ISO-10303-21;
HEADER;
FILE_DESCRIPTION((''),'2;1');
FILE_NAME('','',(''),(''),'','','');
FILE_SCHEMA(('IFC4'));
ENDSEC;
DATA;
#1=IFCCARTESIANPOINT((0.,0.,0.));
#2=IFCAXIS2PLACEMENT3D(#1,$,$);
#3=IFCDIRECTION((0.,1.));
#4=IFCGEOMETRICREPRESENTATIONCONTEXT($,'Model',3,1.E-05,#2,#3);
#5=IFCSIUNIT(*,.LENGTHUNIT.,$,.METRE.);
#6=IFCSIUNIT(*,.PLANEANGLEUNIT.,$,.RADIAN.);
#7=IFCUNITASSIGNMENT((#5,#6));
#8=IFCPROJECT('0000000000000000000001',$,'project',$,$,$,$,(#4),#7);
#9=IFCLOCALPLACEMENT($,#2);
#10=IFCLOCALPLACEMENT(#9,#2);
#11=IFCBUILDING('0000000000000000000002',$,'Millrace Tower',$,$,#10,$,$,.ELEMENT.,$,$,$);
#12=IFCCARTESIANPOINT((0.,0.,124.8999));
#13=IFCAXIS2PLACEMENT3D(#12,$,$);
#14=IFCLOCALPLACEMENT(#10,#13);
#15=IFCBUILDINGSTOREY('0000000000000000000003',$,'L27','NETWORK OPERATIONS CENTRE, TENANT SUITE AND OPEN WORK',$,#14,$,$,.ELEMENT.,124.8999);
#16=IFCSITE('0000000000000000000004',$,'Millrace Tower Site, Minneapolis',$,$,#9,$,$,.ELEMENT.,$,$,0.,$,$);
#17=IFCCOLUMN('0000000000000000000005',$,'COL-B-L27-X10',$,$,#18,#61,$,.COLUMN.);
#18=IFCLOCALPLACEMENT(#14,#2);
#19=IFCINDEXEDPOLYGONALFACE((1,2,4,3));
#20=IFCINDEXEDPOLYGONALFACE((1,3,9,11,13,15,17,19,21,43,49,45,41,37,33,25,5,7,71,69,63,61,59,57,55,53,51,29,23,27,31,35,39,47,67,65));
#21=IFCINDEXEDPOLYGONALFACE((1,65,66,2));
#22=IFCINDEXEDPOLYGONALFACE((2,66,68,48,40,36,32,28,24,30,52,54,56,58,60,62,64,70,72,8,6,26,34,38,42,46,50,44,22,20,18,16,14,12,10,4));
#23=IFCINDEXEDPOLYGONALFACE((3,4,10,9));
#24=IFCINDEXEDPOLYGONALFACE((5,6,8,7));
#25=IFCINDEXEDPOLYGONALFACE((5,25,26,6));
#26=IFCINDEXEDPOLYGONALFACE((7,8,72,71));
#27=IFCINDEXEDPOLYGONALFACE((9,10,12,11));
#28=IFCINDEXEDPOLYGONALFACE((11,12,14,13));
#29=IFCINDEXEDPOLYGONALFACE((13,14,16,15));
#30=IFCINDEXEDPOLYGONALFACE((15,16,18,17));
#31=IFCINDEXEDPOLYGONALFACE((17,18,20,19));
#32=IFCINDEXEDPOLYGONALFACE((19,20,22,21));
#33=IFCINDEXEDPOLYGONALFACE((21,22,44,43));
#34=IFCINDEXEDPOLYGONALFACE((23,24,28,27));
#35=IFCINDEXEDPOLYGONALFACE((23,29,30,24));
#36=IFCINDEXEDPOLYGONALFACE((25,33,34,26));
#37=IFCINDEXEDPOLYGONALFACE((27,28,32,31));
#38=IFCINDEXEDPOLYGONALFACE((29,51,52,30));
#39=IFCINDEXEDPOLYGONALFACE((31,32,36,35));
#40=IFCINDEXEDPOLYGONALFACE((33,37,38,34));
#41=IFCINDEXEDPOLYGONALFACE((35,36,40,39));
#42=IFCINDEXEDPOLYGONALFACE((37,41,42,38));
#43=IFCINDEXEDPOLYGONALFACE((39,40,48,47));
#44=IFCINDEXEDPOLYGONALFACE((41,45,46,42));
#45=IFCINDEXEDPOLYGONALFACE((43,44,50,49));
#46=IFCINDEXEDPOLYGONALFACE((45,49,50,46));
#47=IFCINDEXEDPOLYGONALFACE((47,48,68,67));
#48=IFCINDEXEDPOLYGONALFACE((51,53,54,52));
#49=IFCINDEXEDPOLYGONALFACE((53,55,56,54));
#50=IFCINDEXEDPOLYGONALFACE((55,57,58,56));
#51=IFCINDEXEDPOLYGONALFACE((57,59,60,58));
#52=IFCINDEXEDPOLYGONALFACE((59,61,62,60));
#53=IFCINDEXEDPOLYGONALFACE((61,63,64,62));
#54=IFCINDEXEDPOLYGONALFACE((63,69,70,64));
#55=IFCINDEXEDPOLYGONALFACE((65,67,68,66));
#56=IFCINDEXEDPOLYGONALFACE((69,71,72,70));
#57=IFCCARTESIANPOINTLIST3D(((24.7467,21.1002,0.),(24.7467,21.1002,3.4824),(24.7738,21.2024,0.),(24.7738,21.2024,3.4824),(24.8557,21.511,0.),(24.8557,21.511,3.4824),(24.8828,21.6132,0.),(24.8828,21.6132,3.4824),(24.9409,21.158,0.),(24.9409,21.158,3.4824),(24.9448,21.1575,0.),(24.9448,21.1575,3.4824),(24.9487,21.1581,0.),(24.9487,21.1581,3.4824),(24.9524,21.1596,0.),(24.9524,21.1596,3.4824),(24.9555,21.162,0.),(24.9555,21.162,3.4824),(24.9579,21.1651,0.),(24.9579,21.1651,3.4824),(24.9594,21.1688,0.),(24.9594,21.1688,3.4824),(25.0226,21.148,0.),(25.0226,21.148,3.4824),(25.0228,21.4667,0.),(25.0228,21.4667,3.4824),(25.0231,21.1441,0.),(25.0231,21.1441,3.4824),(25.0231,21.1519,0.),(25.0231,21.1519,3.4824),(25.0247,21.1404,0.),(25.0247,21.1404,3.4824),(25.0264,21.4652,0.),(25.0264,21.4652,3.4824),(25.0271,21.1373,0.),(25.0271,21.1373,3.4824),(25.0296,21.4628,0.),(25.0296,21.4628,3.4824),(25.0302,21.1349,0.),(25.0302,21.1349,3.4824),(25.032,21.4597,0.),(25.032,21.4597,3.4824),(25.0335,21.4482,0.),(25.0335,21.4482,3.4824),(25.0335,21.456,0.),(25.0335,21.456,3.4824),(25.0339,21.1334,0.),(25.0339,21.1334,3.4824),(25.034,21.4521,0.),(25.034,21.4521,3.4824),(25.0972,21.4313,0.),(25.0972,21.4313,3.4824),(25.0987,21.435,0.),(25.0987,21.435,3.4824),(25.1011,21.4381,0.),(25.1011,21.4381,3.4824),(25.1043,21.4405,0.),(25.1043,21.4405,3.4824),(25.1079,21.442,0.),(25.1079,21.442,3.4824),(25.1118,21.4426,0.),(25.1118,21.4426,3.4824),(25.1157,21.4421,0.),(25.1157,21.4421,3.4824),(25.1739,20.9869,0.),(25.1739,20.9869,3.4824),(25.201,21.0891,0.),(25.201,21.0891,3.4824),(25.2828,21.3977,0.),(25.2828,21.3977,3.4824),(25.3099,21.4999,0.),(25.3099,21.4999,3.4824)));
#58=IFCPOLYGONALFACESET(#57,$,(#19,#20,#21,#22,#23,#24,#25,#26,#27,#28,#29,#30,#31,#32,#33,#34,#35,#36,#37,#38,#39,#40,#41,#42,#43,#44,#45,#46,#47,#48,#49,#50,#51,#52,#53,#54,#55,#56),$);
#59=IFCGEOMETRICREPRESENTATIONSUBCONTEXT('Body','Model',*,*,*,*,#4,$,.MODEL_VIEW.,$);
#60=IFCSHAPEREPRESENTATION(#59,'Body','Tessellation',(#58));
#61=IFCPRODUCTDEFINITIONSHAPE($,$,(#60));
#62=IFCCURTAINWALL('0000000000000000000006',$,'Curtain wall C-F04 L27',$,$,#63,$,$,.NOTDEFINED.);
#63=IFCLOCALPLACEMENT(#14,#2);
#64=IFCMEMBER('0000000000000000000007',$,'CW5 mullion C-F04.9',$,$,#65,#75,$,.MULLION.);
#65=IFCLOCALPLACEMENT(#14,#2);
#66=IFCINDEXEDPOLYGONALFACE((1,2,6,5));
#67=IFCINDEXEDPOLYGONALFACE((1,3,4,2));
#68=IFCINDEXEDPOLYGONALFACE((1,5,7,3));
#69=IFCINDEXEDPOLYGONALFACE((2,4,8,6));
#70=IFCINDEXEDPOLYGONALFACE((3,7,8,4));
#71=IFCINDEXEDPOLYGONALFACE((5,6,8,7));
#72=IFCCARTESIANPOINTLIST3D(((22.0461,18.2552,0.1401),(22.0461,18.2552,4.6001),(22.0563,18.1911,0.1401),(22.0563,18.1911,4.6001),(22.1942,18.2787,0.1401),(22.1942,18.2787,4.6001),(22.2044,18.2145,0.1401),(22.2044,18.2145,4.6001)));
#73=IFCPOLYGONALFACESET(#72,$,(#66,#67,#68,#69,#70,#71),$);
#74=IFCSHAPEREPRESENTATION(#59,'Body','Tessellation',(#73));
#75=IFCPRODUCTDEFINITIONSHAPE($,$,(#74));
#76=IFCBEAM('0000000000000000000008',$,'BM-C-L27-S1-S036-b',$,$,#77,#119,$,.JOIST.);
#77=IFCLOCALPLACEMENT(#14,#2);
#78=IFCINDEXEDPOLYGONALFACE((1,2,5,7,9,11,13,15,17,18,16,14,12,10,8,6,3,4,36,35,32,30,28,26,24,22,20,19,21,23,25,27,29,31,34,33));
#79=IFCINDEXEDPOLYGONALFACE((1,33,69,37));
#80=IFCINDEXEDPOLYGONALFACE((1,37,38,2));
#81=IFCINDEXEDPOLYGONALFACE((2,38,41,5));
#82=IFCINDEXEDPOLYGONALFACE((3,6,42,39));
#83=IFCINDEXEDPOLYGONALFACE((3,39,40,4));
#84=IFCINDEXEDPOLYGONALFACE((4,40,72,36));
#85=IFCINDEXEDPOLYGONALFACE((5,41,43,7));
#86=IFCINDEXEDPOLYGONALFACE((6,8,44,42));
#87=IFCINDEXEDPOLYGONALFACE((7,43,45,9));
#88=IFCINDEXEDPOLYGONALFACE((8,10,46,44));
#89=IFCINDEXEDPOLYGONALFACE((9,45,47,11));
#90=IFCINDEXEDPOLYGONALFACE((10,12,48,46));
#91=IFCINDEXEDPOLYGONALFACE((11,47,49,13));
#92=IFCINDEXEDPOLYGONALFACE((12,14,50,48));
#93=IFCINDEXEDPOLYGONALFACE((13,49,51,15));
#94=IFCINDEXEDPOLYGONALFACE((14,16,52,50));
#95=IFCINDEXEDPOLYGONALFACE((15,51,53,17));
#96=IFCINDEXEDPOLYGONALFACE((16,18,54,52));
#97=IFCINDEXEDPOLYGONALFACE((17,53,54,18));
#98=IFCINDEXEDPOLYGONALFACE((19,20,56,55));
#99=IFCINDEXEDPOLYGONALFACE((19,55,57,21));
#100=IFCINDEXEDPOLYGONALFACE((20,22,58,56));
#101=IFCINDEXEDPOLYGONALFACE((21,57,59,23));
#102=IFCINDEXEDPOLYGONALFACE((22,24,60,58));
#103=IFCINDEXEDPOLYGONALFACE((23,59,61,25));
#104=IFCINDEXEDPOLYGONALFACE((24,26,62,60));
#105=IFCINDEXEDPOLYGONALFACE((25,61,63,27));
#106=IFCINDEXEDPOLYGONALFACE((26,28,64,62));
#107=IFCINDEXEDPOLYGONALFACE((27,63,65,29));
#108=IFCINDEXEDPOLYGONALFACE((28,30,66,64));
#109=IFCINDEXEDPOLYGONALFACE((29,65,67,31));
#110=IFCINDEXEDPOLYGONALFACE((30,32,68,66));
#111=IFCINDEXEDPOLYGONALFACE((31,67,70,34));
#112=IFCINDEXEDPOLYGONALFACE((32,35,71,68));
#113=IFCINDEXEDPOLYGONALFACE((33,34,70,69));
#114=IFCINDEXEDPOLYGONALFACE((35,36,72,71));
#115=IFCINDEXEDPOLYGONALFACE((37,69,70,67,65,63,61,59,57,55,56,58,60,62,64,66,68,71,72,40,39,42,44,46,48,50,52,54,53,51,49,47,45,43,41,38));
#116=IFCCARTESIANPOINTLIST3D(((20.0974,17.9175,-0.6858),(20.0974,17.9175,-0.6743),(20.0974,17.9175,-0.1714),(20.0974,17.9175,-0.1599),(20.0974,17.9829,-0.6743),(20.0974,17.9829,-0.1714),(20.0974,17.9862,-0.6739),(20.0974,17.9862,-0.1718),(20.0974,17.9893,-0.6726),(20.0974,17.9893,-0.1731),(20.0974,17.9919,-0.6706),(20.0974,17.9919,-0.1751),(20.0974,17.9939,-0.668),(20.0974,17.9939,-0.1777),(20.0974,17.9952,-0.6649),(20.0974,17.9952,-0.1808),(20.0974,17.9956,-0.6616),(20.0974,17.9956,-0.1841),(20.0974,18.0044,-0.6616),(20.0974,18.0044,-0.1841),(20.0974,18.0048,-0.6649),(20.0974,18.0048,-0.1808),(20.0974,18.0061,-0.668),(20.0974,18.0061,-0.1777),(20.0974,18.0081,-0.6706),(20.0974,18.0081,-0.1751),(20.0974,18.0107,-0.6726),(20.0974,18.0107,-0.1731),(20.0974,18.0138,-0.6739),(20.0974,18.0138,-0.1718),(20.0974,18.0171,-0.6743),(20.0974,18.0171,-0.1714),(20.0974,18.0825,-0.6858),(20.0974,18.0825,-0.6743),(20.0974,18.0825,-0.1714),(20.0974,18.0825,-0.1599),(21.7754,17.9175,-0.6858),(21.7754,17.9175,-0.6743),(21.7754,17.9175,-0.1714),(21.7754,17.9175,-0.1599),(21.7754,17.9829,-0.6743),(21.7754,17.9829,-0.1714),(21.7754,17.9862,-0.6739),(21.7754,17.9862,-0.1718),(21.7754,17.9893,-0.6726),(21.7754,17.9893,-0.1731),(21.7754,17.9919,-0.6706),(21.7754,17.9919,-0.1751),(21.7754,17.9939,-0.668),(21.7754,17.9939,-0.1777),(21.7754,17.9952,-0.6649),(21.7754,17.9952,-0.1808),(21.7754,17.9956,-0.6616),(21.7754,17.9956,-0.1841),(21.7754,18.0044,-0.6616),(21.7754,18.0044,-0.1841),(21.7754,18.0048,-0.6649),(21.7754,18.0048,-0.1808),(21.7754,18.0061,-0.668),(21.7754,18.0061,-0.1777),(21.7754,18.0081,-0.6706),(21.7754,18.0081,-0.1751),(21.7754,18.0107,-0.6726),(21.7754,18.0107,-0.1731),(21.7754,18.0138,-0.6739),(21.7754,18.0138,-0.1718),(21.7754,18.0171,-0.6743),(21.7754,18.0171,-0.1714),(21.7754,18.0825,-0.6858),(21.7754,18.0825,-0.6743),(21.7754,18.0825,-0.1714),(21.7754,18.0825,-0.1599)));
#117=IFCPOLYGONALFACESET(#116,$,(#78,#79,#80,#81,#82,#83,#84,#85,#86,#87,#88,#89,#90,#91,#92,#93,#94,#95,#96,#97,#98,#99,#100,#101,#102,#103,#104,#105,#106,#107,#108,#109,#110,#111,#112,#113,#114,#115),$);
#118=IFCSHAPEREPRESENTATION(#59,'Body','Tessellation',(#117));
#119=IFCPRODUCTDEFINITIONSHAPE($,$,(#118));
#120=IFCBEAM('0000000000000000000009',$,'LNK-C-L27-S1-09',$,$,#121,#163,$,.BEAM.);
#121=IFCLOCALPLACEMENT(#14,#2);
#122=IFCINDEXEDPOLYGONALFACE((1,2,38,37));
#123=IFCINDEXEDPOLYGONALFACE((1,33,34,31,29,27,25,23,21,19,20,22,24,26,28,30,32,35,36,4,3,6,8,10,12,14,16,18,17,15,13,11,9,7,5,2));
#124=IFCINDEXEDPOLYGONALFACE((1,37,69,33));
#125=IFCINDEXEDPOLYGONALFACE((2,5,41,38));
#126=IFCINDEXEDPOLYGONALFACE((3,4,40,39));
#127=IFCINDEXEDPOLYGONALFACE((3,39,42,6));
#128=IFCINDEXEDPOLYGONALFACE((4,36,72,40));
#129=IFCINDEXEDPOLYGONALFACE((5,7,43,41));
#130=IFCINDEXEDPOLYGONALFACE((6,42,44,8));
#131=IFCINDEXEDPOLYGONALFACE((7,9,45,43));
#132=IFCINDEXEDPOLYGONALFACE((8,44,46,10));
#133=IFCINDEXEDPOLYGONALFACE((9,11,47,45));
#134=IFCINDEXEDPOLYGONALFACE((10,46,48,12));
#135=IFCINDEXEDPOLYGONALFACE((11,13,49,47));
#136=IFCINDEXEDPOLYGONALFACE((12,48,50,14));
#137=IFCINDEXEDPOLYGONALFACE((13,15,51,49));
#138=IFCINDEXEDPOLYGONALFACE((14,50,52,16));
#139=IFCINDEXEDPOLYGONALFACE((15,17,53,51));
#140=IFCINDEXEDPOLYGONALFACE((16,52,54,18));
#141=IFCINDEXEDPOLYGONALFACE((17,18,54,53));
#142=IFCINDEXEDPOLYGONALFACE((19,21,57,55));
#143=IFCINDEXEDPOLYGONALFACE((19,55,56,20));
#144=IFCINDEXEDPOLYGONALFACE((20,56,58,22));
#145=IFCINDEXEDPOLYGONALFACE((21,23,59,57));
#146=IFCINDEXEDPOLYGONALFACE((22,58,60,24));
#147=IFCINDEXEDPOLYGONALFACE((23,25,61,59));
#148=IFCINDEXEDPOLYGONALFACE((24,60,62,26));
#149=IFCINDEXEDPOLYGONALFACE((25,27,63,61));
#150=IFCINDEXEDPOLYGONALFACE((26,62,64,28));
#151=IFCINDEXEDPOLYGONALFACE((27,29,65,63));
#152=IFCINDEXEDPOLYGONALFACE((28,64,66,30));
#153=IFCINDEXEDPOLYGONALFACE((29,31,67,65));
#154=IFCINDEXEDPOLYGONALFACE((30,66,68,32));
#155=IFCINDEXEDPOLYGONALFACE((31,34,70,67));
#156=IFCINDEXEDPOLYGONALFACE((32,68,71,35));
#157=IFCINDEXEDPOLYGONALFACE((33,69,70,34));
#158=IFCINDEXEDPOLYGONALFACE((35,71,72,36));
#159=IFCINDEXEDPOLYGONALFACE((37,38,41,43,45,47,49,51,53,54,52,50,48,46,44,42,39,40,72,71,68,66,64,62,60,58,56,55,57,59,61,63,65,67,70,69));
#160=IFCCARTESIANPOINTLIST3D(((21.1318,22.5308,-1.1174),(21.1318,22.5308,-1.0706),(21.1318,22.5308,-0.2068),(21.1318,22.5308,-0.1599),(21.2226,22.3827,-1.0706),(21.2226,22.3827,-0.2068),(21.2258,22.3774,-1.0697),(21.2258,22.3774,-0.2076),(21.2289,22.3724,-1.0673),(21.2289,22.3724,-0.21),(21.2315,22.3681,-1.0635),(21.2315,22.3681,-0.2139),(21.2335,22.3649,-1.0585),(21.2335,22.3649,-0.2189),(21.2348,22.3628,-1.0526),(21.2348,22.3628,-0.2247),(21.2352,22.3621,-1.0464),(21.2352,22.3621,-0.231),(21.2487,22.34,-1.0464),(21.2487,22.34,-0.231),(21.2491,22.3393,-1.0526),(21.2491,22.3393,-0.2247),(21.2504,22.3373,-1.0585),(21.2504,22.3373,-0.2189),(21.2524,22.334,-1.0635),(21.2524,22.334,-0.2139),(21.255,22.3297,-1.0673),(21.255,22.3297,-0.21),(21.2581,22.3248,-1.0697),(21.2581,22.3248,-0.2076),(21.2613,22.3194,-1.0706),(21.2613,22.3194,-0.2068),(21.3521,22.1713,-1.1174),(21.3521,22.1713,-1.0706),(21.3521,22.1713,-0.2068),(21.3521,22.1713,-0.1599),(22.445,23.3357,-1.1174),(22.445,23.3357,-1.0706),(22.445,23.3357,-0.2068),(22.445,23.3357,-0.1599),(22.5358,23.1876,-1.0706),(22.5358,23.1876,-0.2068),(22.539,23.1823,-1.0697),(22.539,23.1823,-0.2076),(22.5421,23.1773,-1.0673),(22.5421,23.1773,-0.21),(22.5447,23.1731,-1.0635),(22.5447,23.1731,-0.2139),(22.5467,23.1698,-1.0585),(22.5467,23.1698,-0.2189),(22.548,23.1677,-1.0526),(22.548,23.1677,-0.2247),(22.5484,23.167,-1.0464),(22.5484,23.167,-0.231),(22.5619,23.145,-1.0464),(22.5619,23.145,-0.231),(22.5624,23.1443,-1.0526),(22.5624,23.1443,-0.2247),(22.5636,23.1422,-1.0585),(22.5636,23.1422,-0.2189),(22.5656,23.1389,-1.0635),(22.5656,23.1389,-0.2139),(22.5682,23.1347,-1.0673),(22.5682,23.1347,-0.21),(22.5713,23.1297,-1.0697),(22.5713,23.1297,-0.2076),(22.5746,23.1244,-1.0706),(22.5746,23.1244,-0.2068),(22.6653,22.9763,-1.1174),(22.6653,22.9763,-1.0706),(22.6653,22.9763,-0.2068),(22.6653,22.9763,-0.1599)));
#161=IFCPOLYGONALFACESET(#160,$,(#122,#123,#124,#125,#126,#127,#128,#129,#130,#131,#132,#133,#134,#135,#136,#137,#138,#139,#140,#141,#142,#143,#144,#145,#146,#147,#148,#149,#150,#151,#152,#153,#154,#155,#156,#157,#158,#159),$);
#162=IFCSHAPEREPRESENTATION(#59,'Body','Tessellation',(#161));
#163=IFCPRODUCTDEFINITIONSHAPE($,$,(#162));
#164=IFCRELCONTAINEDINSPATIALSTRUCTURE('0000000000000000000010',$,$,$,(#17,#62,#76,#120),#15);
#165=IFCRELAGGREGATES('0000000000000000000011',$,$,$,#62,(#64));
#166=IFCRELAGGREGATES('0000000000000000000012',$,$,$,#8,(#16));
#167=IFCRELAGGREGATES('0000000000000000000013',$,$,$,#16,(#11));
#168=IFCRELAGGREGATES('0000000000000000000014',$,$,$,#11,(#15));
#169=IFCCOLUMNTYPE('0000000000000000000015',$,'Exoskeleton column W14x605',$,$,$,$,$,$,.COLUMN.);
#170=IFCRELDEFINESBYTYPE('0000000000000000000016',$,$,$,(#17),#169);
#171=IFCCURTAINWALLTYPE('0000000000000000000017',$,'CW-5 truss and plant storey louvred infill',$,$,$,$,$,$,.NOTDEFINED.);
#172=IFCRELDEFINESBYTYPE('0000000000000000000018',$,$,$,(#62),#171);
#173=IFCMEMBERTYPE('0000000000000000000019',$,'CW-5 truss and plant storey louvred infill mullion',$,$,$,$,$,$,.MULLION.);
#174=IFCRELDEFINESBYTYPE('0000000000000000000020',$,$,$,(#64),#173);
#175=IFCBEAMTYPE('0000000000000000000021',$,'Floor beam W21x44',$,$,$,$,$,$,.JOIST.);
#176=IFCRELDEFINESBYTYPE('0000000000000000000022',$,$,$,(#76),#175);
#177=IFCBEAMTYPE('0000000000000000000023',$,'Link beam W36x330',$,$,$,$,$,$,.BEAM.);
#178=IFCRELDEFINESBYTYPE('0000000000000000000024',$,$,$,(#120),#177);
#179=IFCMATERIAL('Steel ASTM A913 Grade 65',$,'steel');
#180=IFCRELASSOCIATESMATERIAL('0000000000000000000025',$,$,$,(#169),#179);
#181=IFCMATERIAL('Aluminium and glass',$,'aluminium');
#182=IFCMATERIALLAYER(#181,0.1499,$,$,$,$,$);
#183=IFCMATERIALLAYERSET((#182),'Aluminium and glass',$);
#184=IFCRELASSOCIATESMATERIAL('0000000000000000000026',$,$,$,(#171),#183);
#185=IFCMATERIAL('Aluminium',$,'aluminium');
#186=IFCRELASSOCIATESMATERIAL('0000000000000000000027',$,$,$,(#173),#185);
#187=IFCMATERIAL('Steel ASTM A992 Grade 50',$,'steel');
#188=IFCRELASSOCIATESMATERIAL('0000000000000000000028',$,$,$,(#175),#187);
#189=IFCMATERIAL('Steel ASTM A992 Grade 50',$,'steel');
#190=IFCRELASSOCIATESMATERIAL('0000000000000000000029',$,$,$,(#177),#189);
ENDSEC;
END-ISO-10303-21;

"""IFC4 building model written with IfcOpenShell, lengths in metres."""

from ifc_helpers import new_model, si_unit, direction, frame, origin, origin_2d, place, context, subcontext, project, spatial, rectangle, i_section, extrude, material, layer, layer_set, material_profile, profile_set, type_object, element, aggregate, save


model = new_model("IFC4")

# Units and contexts
model_context = context("Model", 3, precision=1e-05, world=origin(), true_north=direction((0.0, 1.0)))
body_context = subcontext(model_context, "Body", "Model", "MODEL_VIEW")
ifc_project = project(units=[si_unit("LENGTHUNIT", "METRE"), si_unit("PLANEANGLEUNIT", "RADIAN")], contexts=[model_context])

# Site, building, storey
site_placement = place(None, origin())
site = spatial("IfcSite", under=ifc_project, at=site_placement, Name="Millrace Tower Site, Minneapolis", CompositionType="ELEMENT", RefElevation=0.0)
building_placement = place(site_placement, origin())
building = spatial("IfcBuilding", under=site, at=building_placement, Name="Millrace Tower", CompositionType="ELEMENT")
storey_placement = place(building_placement, frame((0.0, 0.0, 124.8999)))
storey = spatial("IfcBuildingStorey", under=building, at=storey_placement, Name="L27", Description="NETWORK OPERATIONS CENTRE, TENANT SUITE AND OPEN WORK", CompositionType="ELEMENT", Elevation=124.8999)

# Column
ifc_material_1 = material(Name="Steel ASTM A913 Grade 65", Category="steel")
ifc_material_profile_1 = material_profile(ifc_material_1, i_section(OverallWidth=0.4419, OverallDepth=0.5308, WebThickness=0.0659, FlangeThickness=0.1057, FilletRadius=0.0151, at=origin_2d()))
ifc_profile_set_1 = profile_set([ifc_material_profile_1], Name="Steel ASTM A913 Grade 65")
column_type = type_object("IfcColumnType", Name="Exoskeleton column W14x605", PredefinedType="COLUMN", material=ifc_profile_set_1)
column_placement = place(storey_placement, frame((25.0283, 21.3, 0.0), z_axis=(0.0, 0.0, 1.0), x_axis=(-0.966585, 0.256347, 0.0)))
element("IfcColumn", 1, at=column_placement, inside=storey, type_object=column_type, Name="COL-B-L27-X10", PredefinedType="COLUMN", context=body_context, shape_type="SweptSolid", body=[
    extrude(i_section(OverallWidth=0.4419, OverallDepth=0.5308, WebThickness=0.0659, FlangeThickness=0.1057, FilletRadius=0.0151, at=origin_2d()), origin(), (0.0, 0.0, 1.0), 3.4824),
])

# Curtain wall, member
ifc_material_2 = material(Name="Aluminium and glass", Category="aluminium")
ifc_layer_1 = layer(ifc_material_2, 0.1499)
ifc_layer_set_1 = layer_set([ifc_layer_1], Name="Aluminium and glass")
curtain_wall_type = type_object("IfcCurtainWallType", Name="CW-5 truss and plant storey louvred infill", PredefinedType="NOTDEFINED", material=ifc_layer_set_1)
curtain_wall_placement = place(storey_placement, origin())
curtain_wall = element("IfcCurtainWall", 2, at=curtain_wall_placement, inside=storey, type_object=curtain_wall_type, Name="Curtain wall C-F04 L27", PredefinedType="NOTDEFINED")
ifc_material_3 = material(Name="Aluminium", Category="aluminium")
ifc_material_profile_2 = material_profile(ifc_material_3, rectangle(XDim=0.0649, YDim=0.1499, at=origin_2d()))
ifc_profile_set_2 = profile_set([ifc_material_profile_2], Name="Aluminium")
member_type_1 = type_object("IfcMemberType", Name="CW-5 truss and plant storey louvred infill mullion", PredefinedType="MULLION", material=ifc_profile_set_2)
member_1_placement = place(storey_placement, frame((22.1252, 18.2349, 0.1401), z_axis=(0.0, 0.0, 1.0), x_axis=(-0.156434, 0.987688, 0.0)))
member_1 = element("IfcMember", 3, at=member_1_placement, type_object=member_type_1, Name="CW5 mullion C-F04.9", PredefinedType="MULLION", context=body_context, shape_type="SweptSolid", body=[
    extrude(rectangle(XDim=0.0649, YDim=0.1499, at=origin_2d()), origin(), (0.0, 0.0, 1.0), 4.46),
])
aggregate(curtain_wall, [member_1])

# Beams
ifc_material_4 = material(Name="Steel ASTM A992 Grade 50", Category="steel")
ifc_material_profile_3 = material_profile(ifc_material_4, i_section(OverallWidth=0.165, OverallDepth=0.5259, WebThickness=0.0088, FlangeThickness=0.0115, FilletRadius=0.0127, at=origin_2d()))
ifc_profile_set_3 = profile_set([ifc_material_profile_3], Name="Steel ASTM A992 Grade 50")
beam_type_1 = type_object("IfcBeamType", Name="Floor beam W21x44", PredefinedType="JOIST", material=ifc_profile_set_3)
beam_1_placement = place(storey_placement, frame((20.0974, 18.0, -0.4229), z_axis=(1.0, 0.0, 0.0), x_axis=(0.0, 1.0, 0.0)))
element("IfcBeam", 4, at=beam_1_placement, inside=storey, type_object=beam_type_1, Name="BM-C-L27-S1-S036-b", PredefinedType="JOIST", context=body_context, shape_type="SweptSolid", body=[
    extrude(i_section(OverallWidth=0.165, OverallDepth=0.5259, WebThickness=0.0088, FlangeThickness=0.0115, FilletRadius=0.0127, at=origin_2d()), origin(), (0.0, 0.0, 1.0), 1.678),
])
ifc_material_5 = material(Name="Steel ASTM A992 Grade 50", Category="steel")
ifc_material_profile_4 = material_profile(ifc_material_5, i_section(OverallWidth=0.4216, OverallDepth=0.9575, WebThickness=0.0259, FlangeThickness=0.0469, FilletRadius=0.0242, at=origin_2d()))
ifc_profile_set_4 = profile_set([ifc_material_profile_4], Name="Steel ASTM A992 Grade 50")
beam_type_2 = type_object("IfcBeamType", Name="Link beam W36x330", PredefinedType="BEAM", material=ifc_profile_set_4)
beam_2_placement = place(storey_placement, frame((21.2419, 22.3511, -0.6387), z_axis=(0.852588, 0.522584, 0.0), x_axis=(-0.522584, 0.852588, 0.0)))
element("IfcBeam", 5, at=beam_2_placement, inside=storey, type_object=beam_type_2, Name="LNK-C-L27-S1-09", PredefinedType="BEAM", context=body_context, shape_type="SweptSolid", body=[
    extrude(i_section(OverallWidth=0.4216, OverallDepth=0.9575, WebThickness=0.0259, FlangeThickness=0.0469, FilletRadius=0.0242, at=origin_2d()), origin(), (0.0, 0.0, 1.0), 1.5403),
])

save(model, "model.ifc")
